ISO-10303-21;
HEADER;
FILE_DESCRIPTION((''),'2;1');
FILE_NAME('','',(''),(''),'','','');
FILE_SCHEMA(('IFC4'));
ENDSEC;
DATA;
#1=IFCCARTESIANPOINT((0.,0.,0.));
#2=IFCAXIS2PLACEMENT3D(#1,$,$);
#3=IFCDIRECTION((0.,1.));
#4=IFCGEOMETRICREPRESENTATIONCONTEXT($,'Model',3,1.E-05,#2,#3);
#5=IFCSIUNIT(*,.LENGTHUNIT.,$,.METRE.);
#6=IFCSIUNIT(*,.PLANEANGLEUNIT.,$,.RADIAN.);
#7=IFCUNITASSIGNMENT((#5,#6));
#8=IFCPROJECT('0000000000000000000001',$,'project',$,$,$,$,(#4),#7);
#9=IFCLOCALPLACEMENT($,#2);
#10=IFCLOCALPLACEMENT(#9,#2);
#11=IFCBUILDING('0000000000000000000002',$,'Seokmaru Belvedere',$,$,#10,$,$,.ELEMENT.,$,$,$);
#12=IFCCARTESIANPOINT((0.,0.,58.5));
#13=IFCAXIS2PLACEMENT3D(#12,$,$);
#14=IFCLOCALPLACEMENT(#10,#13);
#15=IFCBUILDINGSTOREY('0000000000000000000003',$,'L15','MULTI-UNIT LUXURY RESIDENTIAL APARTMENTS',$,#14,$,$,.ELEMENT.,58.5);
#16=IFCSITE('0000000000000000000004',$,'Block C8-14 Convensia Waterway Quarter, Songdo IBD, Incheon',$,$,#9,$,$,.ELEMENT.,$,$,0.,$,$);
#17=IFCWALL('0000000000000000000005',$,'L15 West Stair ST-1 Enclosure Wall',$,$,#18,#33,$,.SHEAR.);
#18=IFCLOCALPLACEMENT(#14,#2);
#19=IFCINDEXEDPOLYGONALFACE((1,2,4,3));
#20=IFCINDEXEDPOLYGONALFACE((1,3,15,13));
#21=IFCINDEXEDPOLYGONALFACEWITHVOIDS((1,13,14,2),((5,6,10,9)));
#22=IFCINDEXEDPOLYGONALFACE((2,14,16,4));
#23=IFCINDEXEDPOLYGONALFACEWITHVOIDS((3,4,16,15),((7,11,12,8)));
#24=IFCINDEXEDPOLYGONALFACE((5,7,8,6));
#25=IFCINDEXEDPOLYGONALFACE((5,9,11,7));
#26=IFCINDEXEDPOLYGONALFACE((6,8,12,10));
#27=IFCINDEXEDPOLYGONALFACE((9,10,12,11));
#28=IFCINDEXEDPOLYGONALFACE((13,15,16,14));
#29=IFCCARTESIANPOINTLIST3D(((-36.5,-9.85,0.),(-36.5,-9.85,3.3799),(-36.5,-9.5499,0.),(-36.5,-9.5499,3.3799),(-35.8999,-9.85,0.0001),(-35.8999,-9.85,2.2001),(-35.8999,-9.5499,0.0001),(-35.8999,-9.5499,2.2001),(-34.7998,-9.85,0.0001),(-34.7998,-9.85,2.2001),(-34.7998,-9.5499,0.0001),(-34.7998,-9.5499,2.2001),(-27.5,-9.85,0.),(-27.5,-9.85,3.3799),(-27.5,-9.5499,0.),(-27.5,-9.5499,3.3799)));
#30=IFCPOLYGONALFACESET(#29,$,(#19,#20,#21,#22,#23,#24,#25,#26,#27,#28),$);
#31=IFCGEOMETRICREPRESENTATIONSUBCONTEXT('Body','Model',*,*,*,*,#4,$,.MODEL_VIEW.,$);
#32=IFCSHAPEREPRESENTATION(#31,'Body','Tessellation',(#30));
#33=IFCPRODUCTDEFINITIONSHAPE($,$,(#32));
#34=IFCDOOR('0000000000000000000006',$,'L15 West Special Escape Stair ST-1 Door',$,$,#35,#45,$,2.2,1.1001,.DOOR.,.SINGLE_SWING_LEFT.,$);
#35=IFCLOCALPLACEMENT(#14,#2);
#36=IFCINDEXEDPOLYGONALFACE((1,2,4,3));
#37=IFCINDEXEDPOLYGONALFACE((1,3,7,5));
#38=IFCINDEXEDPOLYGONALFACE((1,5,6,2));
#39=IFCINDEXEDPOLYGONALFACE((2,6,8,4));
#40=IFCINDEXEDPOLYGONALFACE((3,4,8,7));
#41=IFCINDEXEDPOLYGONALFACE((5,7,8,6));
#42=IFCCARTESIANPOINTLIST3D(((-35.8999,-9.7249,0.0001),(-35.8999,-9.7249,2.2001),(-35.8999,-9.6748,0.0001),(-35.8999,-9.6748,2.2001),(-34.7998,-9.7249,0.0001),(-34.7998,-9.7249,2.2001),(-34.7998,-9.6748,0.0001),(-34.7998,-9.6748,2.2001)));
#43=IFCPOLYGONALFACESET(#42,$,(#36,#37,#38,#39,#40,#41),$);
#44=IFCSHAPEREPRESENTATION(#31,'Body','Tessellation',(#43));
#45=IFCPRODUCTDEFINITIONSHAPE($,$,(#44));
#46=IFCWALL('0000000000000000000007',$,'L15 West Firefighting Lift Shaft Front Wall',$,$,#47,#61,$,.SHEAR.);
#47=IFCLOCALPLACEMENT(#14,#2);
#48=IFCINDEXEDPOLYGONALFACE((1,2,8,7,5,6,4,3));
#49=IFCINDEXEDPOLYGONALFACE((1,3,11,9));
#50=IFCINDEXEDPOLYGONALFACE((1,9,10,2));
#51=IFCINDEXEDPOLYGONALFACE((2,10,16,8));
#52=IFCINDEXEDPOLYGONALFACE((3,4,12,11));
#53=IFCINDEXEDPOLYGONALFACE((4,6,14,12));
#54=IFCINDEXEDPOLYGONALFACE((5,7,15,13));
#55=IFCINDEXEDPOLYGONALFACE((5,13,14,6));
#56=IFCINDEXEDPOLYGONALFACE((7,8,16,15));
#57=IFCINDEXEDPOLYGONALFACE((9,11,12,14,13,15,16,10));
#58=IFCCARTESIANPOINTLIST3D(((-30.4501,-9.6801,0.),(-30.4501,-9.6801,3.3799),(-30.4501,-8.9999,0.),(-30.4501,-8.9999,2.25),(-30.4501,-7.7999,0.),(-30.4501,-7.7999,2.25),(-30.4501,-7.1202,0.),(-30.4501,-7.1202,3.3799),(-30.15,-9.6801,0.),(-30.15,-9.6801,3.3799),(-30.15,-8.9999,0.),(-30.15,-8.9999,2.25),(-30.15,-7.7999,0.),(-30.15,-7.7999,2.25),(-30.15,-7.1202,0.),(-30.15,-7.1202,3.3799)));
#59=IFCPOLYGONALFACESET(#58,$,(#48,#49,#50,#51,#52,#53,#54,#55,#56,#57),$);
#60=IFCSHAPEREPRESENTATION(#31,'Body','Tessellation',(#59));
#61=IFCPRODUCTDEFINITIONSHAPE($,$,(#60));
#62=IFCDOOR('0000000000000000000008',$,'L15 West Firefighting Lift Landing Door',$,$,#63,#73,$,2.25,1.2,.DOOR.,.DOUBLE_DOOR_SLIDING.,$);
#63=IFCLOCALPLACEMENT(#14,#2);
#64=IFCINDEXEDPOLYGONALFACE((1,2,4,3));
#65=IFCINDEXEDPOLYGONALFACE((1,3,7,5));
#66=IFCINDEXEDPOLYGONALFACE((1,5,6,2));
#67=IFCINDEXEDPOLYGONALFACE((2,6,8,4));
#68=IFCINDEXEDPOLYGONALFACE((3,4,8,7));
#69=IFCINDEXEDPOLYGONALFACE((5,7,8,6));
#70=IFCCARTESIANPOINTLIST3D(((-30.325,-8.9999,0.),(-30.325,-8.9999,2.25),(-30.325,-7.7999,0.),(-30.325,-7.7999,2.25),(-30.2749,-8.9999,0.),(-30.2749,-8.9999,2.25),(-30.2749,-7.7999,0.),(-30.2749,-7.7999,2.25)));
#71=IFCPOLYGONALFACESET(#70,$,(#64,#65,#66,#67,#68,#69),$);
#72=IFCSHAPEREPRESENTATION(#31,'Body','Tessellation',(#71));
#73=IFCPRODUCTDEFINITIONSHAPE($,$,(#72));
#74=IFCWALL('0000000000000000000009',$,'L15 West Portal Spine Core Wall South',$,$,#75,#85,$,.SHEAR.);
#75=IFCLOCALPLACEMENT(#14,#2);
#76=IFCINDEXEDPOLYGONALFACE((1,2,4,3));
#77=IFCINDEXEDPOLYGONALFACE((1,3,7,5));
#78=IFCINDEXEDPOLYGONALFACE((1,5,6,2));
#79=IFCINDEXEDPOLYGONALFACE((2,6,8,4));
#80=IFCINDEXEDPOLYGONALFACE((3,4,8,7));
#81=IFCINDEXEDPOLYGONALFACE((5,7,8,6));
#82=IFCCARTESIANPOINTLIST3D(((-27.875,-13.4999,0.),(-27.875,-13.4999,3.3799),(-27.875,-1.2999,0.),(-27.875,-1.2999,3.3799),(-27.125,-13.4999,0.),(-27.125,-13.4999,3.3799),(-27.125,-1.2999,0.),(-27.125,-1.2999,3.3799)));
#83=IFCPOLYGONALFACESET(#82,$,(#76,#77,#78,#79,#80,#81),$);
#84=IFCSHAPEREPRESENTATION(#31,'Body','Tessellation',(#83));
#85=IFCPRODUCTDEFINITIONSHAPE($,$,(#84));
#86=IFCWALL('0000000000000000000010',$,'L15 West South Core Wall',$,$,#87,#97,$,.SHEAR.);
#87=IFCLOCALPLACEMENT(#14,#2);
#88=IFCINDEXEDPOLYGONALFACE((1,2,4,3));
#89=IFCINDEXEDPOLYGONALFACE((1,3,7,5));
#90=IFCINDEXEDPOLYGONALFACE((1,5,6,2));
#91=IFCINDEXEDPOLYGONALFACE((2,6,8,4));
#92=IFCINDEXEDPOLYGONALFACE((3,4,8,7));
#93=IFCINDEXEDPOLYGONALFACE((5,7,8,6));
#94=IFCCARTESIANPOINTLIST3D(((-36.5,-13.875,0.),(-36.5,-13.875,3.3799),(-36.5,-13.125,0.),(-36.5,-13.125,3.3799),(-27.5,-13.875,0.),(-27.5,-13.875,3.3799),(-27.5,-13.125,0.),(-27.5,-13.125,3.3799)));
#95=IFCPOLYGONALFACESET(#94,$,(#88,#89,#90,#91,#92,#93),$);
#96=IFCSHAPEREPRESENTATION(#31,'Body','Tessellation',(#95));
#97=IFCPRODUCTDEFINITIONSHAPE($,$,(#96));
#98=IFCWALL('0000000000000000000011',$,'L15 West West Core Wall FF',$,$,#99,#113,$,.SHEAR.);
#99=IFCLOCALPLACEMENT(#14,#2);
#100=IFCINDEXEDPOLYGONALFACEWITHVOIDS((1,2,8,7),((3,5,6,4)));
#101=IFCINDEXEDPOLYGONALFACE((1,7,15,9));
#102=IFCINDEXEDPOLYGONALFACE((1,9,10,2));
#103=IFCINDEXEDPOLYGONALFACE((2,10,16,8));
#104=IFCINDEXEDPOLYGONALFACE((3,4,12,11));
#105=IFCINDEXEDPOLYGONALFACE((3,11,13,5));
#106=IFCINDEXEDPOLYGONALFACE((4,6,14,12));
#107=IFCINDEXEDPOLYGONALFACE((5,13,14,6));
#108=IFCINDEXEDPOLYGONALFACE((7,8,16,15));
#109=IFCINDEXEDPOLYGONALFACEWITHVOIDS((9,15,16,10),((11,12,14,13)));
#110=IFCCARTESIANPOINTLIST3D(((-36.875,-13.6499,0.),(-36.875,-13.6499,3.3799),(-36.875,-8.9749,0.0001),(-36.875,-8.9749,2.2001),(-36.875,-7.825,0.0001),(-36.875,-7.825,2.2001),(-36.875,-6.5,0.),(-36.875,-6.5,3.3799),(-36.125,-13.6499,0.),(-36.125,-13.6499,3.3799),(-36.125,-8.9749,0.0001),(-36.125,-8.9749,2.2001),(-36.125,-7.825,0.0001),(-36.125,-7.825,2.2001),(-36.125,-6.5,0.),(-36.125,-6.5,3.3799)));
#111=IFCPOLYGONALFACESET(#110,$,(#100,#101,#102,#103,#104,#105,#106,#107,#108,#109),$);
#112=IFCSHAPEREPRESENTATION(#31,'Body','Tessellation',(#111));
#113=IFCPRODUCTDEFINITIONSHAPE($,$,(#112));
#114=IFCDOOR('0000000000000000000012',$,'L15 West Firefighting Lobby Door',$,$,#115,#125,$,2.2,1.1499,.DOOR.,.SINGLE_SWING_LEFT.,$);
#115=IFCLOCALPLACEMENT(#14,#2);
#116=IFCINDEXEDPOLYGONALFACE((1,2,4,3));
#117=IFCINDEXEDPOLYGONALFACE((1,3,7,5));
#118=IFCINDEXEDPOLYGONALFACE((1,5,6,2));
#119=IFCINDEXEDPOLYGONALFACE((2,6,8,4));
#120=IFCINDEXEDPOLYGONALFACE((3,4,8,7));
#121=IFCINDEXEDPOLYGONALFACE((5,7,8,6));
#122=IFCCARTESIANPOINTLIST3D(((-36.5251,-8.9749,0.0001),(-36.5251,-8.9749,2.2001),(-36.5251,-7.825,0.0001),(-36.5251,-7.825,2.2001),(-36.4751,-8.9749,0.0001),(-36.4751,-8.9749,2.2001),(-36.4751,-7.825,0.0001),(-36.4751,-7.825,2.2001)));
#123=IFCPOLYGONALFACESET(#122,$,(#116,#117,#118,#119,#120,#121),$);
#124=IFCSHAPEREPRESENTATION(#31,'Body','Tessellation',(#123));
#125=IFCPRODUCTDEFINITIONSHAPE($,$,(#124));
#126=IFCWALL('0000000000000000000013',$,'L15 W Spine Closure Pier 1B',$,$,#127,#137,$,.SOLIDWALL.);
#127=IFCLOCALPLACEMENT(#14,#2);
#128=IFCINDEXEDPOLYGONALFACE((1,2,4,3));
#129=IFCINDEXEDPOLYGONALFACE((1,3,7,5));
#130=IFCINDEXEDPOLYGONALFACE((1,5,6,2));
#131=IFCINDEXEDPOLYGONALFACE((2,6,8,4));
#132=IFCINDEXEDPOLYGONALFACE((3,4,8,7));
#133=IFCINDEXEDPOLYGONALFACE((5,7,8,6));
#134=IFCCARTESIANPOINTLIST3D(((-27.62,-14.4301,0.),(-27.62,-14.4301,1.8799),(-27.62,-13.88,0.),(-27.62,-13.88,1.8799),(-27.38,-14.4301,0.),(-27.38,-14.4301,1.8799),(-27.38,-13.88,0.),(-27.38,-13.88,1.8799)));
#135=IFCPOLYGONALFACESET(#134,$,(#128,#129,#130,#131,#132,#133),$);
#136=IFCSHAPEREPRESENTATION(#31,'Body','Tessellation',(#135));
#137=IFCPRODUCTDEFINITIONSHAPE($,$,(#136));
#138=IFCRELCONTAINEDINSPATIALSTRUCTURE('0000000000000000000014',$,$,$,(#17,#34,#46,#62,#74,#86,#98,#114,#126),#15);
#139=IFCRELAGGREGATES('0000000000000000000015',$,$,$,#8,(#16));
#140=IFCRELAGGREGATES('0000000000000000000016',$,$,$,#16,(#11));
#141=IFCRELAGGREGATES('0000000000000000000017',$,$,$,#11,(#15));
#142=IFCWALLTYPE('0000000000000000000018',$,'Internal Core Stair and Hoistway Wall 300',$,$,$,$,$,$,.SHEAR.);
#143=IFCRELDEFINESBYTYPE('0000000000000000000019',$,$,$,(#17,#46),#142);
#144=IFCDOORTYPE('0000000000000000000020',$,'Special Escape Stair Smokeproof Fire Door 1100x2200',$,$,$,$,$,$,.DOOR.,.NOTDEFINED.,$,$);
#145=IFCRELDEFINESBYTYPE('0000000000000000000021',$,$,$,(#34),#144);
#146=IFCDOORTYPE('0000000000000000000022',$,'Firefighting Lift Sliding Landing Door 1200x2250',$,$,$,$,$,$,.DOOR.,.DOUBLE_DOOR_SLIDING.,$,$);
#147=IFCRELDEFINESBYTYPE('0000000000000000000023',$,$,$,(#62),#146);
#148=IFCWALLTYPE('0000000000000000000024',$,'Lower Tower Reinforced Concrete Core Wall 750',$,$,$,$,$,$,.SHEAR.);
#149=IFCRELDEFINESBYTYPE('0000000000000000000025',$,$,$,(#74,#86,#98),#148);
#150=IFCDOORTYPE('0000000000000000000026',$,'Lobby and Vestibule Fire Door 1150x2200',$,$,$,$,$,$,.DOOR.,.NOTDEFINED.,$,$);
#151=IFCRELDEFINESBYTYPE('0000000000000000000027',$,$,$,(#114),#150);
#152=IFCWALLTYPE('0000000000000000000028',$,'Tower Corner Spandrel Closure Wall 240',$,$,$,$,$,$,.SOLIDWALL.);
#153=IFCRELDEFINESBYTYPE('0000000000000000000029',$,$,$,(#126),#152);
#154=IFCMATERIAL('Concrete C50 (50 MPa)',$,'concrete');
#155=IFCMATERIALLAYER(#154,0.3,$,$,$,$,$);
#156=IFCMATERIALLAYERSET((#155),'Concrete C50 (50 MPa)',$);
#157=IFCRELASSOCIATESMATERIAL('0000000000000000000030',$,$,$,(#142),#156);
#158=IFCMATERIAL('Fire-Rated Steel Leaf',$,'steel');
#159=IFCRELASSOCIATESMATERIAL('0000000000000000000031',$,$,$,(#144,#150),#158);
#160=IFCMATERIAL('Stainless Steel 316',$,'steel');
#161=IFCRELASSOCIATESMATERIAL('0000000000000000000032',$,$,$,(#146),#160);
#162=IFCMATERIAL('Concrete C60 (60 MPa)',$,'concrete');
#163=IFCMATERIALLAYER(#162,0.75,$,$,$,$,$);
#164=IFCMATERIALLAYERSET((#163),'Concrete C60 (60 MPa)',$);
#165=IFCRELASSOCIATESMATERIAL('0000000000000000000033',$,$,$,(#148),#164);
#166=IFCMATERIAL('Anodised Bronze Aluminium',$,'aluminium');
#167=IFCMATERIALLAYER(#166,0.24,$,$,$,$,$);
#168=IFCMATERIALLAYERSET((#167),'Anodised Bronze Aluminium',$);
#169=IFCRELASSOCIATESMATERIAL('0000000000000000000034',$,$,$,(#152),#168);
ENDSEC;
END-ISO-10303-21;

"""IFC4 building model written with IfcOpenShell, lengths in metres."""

from ifc_helpers import new_model, si_unit, direction, frame, frame_2d, origin, place, context, subcontext, project, spatial, rectangle, extrude, source, transform, mapped, material, layer, layer_set, type_object, type_shapes, element, fill, save


model = new_model("IFC4")

# Units and contexts
model_context = context("Model", 3, precision=1e-05, world=origin(), true_north=direction((0.0, 1.0)))
body_context = subcontext(model_context, "Body", "Model", "MODEL_VIEW")
ifc_project = project(units=[si_unit("LENGTHUNIT", "METRE"), si_unit("PLANEANGLEUNIT", "RADIAN")], contexts=[model_context])

# Site, building, storey
site_placement = place(None, origin())
site = spatial("IfcSite", under=ifc_project, at=site_placement, Name="Block C8-14 Convensia Waterway Quarter, Songdo IBD, Incheon", CompositionType="ELEMENT", RefElevation=0.0)
building_placement = place(site_placement, origin())
building = spatial("IfcBuilding", under=site, at=building_placement, Name="Seokmaru Belvedere", CompositionType="ELEMENT")
storey_placement = place(building_placement, frame((0.0, 0.0, 58.5)))
storey = spatial("IfcBuildingStorey", under=building, at=storey_placement, Name="L15", Description="MULTI-UNIT LUXURY RESIDENTIAL APARTMENTS", CompositionType="ELEMENT", Elevation=58.5)

# Shared definitions
ifc_material_1 = material(Name="Anodised Bronze Aluminium", Category="aluminium")

# Walls, openings, doors
ifc_material_2 = material(Name="Concrete C50 (50 MPa)", Category="concrete")
ifc_layer_1 = layer(ifc_material_2, 0.3)
ifc_layer_set_1 = layer_set([ifc_layer_1], Name="Concrete C50 (50 MPa)")
wall_type_1 = type_object("IfcWallType", Name="Internal Core Stair and Hoistway Wall 300", PredefinedType="SHEAR", material=ifc_layer_set_1)
wall_1_placement = place(storey_placement, frame((-36.5, -9.7, 0.0), z_axis=(0.0, 0.0, 1.0), x_axis=(1.0, 0.0, 0.0)))
wall_1 = element("IfcWall", 1, at=wall_1_placement, inside=storey, type_object=wall_type_1, Name="L15 West Stair ST-1 Enclosure Wall", PredefinedType="SHEAR", context=body_context, shape_type="SweptSolid", body=[
    extrude(rectangle(XDim=9.0, YDim=0.3, at=frame_2d((4.5, 0.0))), origin(), (0.0, 0.0, 1.0), 3.3799),
])
opening_1_placement = place(wall_1_placement, frame((0.6001, 0.0, 0.0)))
opening_1 = element("IfcOpeningElement", 2, at=opening_1_placement, cuts=wall_1, PredefinedType="OPENING", context=body_context, shape_type="SweptSolid", body=[
    extrude(rectangle(XDim=1.1001, YDim=2.2, at=frame_2d((0.55, 1.1001))), frame((0.0, 0.1602, 0.0), z_axis=(0.0, -1.0, 0.0), x_axis=(1.0, 0.0, 0.0)), (0.0, 0.0, 1.0), 0.3201),
])
ifc_material_3 = material(Name="Fire-Rated Steel Leaf", Category="steel")
door_type_1 = type_object("IfcDoorType", Name="Special Escape Stair Smokeproof Fire Door 1100x2200", OperationType="NOTDEFINED", PredefinedType="DOOR", material=ifc_material_3)
shared_shape_1 = source(origin(), body_context, "Body", "SweptSolid", [
    extrude(rectangle(XDim=1.1001, YDim=2.2, at=frame_2d((0.55, 1.1001))), frame((0.0, 0.0249, 0.0), z_axis=(0.0, -1.0, 0.0), x_axis=(1.0, 0.0, 0.0)), (0.0, 0.0, 1.0), 0.05),
])
type_shapes(door_type_1, [shared_shape_1])
door_1_placement = place(opening_1_placement, frame((1.1001, 0.0, 0.0), z_axis=(0.0, 0.0, 1.0), x_axis=(-1.0, 0.0, 0.0)))
door_1 = element("IfcDoor", 3, at=door_1_placement, inside=storey, type_object=door_type_1, Name="L15 West Special Escape Stair ST-1 Door", OperationType="SINGLE_SWING_LEFT", OverallHeight=2.2, OverallWidth=1.1001, PredefinedType="DOOR", context=body_context, shape_type="MappedRepresentation", body=[
    mapped(shared_shape_1, transform((0.0, 0.0, 0.0), scale=1.0)),
])
fill(opening_1, door_1)
wall_2_placement = place(storey_placement, frame((-30.3, -9.6799, 0.0), z_axis=(0.0, 0.0, 1.0), x_axis=(0.0, 1.0, 0.0)))
wall_2 = element("IfcWall", 4, at=wall_2_placement, inside=storey, type_object=wall_type_1, Name="L15 West Firefighting Lift Shaft Front Wall", PredefinedType="SHEAR", context=body_context, shape_type="SweptSolid", body=[
    extrude(rectangle(XDim=2.5598, YDim=0.3, at=frame_2d((1.2798, 0.0))), origin(), (0.0, 0.0, 1.0), 3.3799),
])
opening_2_placement = place(wall_2_placement, frame((0.6799, 0.0, 0.0)))
opening_2 = element("IfcOpeningElement", 5, at=opening_2_placement, cuts=wall_2, PredefinedType="OPENING", context=body_context, shape_type="SweptSolid", body=[
    extrude(rectangle(XDim=1.2, YDim=2.25, at=frame_2d((0.6001, 1.125))), frame((0.0, 0.1602, 0.0), z_axis=(0.0, -1.0, 0.0), x_axis=(1.0, 0.0, 0.0)), (0.0, 0.0, 1.0), 0.3201),
])
ifc_material_4 = material(Name="Stainless Steel 316", Category="steel")
door_type_2 = type_object("IfcDoorType", Name="Firefighting Lift Sliding Landing Door 1200x2250", OperationType="DOUBLE_DOOR_SLIDING", PredefinedType="DOOR", material=ifc_material_4)
shared_shape_2 = source(origin(), body_context, "Body", "SweptSolid", [
    extrude(rectangle(XDim=1.2, YDim=2.25, at=frame_2d((0.6001, 1.125))), frame((0.0, 0.0249, 0.0), z_axis=(0.0, -1.0, 0.0), x_axis=(1.0, 0.0, 0.0)), (0.0, 0.0, 1.0), 0.05),
])
type_shapes(door_type_2, [shared_shape_2])
door_2_placement = place(opening_2_placement, origin())
door_2 = element("IfcDoor", 6, at=door_2_placement, inside=storey, type_object=door_type_2, Name="L15 West Firefighting Lift Landing Door", OperationType="DOUBLE_DOOR_SLIDING", OverallHeight=2.25, OverallWidth=1.2, PredefinedType="DOOR", context=body_context, shape_type="MappedRepresentation", body=[
    mapped(shared_shape_2, transform((0.0, 0.0, 0.0), scale=1.0)),
])
fill(opening_2, door_2)

# Walls
ifc_material_5 = material(Name="Concrete C60 (60 MPa)", Category="concrete")
ifc_layer_2 = layer(ifc_material_5, 0.75)
ifc_layer_set_2 = layer_set([ifc_layer_2], Name="Concrete C60 (60 MPa)")
wall_type_2 = type_object("IfcWallType", Name="Lower Tower Reinforced Concrete Core Wall 750", PredefinedType="SHEAR", material=ifc_layer_set_2)
wall_3_placement = place(storey_placement, frame((-27.5, -13.5, 0.0), z_axis=(0.0, 0.0, 1.0), x_axis=(0.0, 1.0, 0.0)))
element("IfcWall", 7, at=wall_3_placement, inside=storey, type_object=wall_type_2, Name="L15 West Portal Spine Core Wall South", PredefinedType="SHEAR", context=body_context, shape_type="SweptSolid", body=[
    extrude(rectangle(XDim=12.2, YDim=0.75, at=frame_2d((6.1001, 0.0))), origin(), (0.0, 0.0, 1.0), 3.3799),
])
wall_4_placement = place(storey_placement, frame((-36.5, -13.5, 0.0), z_axis=(0.0, 0.0, 1.0), x_axis=(1.0, 0.0, 0.0)))
element("IfcWall", 8, at=wall_4_placement, inside=storey, type_object=wall_type_2, Name="L15 West South Core Wall", PredefinedType="SHEAR", context=body_context, shape_type="SweptSolid", body=[
    extrude(rectangle(XDim=9.0, YDim=0.75, at=frame_2d((4.5, 0.0))), origin(), (0.0, 0.0, 1.0), 3.3799),
])

# Wall, opening, door
wall_5_placement = place(storey_placement, frame((-36.5, -13.6499, 0.0), z_axis=(0.0, 0.0, 1.0), x_axis=(0.0, 1.0, 0.0)))
wall_5 = element("IfcWall", 9, at=wall_5_placement, inside=storey, type_object=wall_type_2, Name="L15 West West Core Wall FF", PredefinedType="SHEAR", context=body_context, shape_type="SweptSolid", body=[
    extrude(rectangle(XDim=7.1499, YDim=0.75, at=frame_2d((3.575, 0.0))), origin(), (0.0, 0.0, 1.0), 3.3799),
])
opening_3_placement = place(wall_5_placement, frame((4.675, 0.0, 0.0)))
opening_3 = element("IfcOpeningElement", 10, at=opening_3_placement, cuts=wall_5, PredefinedType="OPENING", context=body_context, shape_type="SweptSolid", body=[
    extrude(rectangle(XDim=1.1499, YDim=2.2, at=frame_2d((0.575, 1.1001))), frame((0.0, 0.385, 0.0), z_axis=(0.0, -1.0, 0.0), x_axis=(1.0, 0.0, 0.0)), (0.0, 0.0, 1.0), 0.77),
])
door_type_3 = type_object("IfcDoorType", Name="Lobby and Vestibule Fire Door 1150x2200", OperationType="NOTDEFINED", PredefinedType="DOOR", material=ifc_material_3)
shared_shape_3 = source(origin(), body_context, "Body", "SweptSolid", [
    extrude(rectangle(XDim=1.1499, YDim=2.2, at=frame_2d((0.575, 1.1001))), frame((0.0, 0.0249, 0.0), z_axis=(0.0, -1.0, 0.0), x_axis=(1.0, 0.0, 0.0)), (0.0, 0.0, 1.0), 0.05),
])
type_shapes(door_type_3, [shared_shape_3])
door_3_placement = place(opening_3_placement, frame((1.1499, 0.0, 0.0), z_axis=(0.0, 0.0, 1.0), x_axis=(-1.0, 0.0, 0.0)))
door_3 = element("IfcDoor", 11, at=door_3_placement, inside=storey, type_object=door_type_3, Name="L15 West Firefighting Lobby Door", OperationType="SINGLE_SWING_LEFT", OverallHeight=2.2, OverallWidth=1.1499, PredefinedType="DOOR", context=body_context, shape_type="MappedRepresentation", body=[
    mapped(shared_shape_3, transform((0.0, 0.0, 0.0), scale=1.0)),
])
fill(opening_3, door_3)

# Wall
ifc_layer_3 = layer(ifc_material_1, 0.24)
ifc_layer_set_3 = layer_set([ifc_layer_3], Name="Anodised Bronze Aluminium")
wall_type_3 = type_object("IfcWallType", Name="Tower Corner Spandrel Closure Wall 240", PredefinedType="SOLIDWALL", material=ifc_layer_set_3)
wall_6_placement = place(storey_placement, frame((-27.5, -14.4299, 0.0), z_axis=(0.0, 0.0, 1.0), x_axis=(0.0, 1.0, 0.0)))
element("IfcWall", 12, at=wall_6_placement, inside=storey, type_object=wall_type_3, Name="L15 W Spine Closure Pier 1B", PredefinedType="SOLIDWALL", context=body_context, shape_type="SweptSolid", body=[
    extrude(rectangle(XDim=0.55, YDim=0.24, at=frame_2d((0.2749, 0.0))), origin(), (0.0, 0.0, 1.0), 1.8799),
])

save(model, "model.ifc")
